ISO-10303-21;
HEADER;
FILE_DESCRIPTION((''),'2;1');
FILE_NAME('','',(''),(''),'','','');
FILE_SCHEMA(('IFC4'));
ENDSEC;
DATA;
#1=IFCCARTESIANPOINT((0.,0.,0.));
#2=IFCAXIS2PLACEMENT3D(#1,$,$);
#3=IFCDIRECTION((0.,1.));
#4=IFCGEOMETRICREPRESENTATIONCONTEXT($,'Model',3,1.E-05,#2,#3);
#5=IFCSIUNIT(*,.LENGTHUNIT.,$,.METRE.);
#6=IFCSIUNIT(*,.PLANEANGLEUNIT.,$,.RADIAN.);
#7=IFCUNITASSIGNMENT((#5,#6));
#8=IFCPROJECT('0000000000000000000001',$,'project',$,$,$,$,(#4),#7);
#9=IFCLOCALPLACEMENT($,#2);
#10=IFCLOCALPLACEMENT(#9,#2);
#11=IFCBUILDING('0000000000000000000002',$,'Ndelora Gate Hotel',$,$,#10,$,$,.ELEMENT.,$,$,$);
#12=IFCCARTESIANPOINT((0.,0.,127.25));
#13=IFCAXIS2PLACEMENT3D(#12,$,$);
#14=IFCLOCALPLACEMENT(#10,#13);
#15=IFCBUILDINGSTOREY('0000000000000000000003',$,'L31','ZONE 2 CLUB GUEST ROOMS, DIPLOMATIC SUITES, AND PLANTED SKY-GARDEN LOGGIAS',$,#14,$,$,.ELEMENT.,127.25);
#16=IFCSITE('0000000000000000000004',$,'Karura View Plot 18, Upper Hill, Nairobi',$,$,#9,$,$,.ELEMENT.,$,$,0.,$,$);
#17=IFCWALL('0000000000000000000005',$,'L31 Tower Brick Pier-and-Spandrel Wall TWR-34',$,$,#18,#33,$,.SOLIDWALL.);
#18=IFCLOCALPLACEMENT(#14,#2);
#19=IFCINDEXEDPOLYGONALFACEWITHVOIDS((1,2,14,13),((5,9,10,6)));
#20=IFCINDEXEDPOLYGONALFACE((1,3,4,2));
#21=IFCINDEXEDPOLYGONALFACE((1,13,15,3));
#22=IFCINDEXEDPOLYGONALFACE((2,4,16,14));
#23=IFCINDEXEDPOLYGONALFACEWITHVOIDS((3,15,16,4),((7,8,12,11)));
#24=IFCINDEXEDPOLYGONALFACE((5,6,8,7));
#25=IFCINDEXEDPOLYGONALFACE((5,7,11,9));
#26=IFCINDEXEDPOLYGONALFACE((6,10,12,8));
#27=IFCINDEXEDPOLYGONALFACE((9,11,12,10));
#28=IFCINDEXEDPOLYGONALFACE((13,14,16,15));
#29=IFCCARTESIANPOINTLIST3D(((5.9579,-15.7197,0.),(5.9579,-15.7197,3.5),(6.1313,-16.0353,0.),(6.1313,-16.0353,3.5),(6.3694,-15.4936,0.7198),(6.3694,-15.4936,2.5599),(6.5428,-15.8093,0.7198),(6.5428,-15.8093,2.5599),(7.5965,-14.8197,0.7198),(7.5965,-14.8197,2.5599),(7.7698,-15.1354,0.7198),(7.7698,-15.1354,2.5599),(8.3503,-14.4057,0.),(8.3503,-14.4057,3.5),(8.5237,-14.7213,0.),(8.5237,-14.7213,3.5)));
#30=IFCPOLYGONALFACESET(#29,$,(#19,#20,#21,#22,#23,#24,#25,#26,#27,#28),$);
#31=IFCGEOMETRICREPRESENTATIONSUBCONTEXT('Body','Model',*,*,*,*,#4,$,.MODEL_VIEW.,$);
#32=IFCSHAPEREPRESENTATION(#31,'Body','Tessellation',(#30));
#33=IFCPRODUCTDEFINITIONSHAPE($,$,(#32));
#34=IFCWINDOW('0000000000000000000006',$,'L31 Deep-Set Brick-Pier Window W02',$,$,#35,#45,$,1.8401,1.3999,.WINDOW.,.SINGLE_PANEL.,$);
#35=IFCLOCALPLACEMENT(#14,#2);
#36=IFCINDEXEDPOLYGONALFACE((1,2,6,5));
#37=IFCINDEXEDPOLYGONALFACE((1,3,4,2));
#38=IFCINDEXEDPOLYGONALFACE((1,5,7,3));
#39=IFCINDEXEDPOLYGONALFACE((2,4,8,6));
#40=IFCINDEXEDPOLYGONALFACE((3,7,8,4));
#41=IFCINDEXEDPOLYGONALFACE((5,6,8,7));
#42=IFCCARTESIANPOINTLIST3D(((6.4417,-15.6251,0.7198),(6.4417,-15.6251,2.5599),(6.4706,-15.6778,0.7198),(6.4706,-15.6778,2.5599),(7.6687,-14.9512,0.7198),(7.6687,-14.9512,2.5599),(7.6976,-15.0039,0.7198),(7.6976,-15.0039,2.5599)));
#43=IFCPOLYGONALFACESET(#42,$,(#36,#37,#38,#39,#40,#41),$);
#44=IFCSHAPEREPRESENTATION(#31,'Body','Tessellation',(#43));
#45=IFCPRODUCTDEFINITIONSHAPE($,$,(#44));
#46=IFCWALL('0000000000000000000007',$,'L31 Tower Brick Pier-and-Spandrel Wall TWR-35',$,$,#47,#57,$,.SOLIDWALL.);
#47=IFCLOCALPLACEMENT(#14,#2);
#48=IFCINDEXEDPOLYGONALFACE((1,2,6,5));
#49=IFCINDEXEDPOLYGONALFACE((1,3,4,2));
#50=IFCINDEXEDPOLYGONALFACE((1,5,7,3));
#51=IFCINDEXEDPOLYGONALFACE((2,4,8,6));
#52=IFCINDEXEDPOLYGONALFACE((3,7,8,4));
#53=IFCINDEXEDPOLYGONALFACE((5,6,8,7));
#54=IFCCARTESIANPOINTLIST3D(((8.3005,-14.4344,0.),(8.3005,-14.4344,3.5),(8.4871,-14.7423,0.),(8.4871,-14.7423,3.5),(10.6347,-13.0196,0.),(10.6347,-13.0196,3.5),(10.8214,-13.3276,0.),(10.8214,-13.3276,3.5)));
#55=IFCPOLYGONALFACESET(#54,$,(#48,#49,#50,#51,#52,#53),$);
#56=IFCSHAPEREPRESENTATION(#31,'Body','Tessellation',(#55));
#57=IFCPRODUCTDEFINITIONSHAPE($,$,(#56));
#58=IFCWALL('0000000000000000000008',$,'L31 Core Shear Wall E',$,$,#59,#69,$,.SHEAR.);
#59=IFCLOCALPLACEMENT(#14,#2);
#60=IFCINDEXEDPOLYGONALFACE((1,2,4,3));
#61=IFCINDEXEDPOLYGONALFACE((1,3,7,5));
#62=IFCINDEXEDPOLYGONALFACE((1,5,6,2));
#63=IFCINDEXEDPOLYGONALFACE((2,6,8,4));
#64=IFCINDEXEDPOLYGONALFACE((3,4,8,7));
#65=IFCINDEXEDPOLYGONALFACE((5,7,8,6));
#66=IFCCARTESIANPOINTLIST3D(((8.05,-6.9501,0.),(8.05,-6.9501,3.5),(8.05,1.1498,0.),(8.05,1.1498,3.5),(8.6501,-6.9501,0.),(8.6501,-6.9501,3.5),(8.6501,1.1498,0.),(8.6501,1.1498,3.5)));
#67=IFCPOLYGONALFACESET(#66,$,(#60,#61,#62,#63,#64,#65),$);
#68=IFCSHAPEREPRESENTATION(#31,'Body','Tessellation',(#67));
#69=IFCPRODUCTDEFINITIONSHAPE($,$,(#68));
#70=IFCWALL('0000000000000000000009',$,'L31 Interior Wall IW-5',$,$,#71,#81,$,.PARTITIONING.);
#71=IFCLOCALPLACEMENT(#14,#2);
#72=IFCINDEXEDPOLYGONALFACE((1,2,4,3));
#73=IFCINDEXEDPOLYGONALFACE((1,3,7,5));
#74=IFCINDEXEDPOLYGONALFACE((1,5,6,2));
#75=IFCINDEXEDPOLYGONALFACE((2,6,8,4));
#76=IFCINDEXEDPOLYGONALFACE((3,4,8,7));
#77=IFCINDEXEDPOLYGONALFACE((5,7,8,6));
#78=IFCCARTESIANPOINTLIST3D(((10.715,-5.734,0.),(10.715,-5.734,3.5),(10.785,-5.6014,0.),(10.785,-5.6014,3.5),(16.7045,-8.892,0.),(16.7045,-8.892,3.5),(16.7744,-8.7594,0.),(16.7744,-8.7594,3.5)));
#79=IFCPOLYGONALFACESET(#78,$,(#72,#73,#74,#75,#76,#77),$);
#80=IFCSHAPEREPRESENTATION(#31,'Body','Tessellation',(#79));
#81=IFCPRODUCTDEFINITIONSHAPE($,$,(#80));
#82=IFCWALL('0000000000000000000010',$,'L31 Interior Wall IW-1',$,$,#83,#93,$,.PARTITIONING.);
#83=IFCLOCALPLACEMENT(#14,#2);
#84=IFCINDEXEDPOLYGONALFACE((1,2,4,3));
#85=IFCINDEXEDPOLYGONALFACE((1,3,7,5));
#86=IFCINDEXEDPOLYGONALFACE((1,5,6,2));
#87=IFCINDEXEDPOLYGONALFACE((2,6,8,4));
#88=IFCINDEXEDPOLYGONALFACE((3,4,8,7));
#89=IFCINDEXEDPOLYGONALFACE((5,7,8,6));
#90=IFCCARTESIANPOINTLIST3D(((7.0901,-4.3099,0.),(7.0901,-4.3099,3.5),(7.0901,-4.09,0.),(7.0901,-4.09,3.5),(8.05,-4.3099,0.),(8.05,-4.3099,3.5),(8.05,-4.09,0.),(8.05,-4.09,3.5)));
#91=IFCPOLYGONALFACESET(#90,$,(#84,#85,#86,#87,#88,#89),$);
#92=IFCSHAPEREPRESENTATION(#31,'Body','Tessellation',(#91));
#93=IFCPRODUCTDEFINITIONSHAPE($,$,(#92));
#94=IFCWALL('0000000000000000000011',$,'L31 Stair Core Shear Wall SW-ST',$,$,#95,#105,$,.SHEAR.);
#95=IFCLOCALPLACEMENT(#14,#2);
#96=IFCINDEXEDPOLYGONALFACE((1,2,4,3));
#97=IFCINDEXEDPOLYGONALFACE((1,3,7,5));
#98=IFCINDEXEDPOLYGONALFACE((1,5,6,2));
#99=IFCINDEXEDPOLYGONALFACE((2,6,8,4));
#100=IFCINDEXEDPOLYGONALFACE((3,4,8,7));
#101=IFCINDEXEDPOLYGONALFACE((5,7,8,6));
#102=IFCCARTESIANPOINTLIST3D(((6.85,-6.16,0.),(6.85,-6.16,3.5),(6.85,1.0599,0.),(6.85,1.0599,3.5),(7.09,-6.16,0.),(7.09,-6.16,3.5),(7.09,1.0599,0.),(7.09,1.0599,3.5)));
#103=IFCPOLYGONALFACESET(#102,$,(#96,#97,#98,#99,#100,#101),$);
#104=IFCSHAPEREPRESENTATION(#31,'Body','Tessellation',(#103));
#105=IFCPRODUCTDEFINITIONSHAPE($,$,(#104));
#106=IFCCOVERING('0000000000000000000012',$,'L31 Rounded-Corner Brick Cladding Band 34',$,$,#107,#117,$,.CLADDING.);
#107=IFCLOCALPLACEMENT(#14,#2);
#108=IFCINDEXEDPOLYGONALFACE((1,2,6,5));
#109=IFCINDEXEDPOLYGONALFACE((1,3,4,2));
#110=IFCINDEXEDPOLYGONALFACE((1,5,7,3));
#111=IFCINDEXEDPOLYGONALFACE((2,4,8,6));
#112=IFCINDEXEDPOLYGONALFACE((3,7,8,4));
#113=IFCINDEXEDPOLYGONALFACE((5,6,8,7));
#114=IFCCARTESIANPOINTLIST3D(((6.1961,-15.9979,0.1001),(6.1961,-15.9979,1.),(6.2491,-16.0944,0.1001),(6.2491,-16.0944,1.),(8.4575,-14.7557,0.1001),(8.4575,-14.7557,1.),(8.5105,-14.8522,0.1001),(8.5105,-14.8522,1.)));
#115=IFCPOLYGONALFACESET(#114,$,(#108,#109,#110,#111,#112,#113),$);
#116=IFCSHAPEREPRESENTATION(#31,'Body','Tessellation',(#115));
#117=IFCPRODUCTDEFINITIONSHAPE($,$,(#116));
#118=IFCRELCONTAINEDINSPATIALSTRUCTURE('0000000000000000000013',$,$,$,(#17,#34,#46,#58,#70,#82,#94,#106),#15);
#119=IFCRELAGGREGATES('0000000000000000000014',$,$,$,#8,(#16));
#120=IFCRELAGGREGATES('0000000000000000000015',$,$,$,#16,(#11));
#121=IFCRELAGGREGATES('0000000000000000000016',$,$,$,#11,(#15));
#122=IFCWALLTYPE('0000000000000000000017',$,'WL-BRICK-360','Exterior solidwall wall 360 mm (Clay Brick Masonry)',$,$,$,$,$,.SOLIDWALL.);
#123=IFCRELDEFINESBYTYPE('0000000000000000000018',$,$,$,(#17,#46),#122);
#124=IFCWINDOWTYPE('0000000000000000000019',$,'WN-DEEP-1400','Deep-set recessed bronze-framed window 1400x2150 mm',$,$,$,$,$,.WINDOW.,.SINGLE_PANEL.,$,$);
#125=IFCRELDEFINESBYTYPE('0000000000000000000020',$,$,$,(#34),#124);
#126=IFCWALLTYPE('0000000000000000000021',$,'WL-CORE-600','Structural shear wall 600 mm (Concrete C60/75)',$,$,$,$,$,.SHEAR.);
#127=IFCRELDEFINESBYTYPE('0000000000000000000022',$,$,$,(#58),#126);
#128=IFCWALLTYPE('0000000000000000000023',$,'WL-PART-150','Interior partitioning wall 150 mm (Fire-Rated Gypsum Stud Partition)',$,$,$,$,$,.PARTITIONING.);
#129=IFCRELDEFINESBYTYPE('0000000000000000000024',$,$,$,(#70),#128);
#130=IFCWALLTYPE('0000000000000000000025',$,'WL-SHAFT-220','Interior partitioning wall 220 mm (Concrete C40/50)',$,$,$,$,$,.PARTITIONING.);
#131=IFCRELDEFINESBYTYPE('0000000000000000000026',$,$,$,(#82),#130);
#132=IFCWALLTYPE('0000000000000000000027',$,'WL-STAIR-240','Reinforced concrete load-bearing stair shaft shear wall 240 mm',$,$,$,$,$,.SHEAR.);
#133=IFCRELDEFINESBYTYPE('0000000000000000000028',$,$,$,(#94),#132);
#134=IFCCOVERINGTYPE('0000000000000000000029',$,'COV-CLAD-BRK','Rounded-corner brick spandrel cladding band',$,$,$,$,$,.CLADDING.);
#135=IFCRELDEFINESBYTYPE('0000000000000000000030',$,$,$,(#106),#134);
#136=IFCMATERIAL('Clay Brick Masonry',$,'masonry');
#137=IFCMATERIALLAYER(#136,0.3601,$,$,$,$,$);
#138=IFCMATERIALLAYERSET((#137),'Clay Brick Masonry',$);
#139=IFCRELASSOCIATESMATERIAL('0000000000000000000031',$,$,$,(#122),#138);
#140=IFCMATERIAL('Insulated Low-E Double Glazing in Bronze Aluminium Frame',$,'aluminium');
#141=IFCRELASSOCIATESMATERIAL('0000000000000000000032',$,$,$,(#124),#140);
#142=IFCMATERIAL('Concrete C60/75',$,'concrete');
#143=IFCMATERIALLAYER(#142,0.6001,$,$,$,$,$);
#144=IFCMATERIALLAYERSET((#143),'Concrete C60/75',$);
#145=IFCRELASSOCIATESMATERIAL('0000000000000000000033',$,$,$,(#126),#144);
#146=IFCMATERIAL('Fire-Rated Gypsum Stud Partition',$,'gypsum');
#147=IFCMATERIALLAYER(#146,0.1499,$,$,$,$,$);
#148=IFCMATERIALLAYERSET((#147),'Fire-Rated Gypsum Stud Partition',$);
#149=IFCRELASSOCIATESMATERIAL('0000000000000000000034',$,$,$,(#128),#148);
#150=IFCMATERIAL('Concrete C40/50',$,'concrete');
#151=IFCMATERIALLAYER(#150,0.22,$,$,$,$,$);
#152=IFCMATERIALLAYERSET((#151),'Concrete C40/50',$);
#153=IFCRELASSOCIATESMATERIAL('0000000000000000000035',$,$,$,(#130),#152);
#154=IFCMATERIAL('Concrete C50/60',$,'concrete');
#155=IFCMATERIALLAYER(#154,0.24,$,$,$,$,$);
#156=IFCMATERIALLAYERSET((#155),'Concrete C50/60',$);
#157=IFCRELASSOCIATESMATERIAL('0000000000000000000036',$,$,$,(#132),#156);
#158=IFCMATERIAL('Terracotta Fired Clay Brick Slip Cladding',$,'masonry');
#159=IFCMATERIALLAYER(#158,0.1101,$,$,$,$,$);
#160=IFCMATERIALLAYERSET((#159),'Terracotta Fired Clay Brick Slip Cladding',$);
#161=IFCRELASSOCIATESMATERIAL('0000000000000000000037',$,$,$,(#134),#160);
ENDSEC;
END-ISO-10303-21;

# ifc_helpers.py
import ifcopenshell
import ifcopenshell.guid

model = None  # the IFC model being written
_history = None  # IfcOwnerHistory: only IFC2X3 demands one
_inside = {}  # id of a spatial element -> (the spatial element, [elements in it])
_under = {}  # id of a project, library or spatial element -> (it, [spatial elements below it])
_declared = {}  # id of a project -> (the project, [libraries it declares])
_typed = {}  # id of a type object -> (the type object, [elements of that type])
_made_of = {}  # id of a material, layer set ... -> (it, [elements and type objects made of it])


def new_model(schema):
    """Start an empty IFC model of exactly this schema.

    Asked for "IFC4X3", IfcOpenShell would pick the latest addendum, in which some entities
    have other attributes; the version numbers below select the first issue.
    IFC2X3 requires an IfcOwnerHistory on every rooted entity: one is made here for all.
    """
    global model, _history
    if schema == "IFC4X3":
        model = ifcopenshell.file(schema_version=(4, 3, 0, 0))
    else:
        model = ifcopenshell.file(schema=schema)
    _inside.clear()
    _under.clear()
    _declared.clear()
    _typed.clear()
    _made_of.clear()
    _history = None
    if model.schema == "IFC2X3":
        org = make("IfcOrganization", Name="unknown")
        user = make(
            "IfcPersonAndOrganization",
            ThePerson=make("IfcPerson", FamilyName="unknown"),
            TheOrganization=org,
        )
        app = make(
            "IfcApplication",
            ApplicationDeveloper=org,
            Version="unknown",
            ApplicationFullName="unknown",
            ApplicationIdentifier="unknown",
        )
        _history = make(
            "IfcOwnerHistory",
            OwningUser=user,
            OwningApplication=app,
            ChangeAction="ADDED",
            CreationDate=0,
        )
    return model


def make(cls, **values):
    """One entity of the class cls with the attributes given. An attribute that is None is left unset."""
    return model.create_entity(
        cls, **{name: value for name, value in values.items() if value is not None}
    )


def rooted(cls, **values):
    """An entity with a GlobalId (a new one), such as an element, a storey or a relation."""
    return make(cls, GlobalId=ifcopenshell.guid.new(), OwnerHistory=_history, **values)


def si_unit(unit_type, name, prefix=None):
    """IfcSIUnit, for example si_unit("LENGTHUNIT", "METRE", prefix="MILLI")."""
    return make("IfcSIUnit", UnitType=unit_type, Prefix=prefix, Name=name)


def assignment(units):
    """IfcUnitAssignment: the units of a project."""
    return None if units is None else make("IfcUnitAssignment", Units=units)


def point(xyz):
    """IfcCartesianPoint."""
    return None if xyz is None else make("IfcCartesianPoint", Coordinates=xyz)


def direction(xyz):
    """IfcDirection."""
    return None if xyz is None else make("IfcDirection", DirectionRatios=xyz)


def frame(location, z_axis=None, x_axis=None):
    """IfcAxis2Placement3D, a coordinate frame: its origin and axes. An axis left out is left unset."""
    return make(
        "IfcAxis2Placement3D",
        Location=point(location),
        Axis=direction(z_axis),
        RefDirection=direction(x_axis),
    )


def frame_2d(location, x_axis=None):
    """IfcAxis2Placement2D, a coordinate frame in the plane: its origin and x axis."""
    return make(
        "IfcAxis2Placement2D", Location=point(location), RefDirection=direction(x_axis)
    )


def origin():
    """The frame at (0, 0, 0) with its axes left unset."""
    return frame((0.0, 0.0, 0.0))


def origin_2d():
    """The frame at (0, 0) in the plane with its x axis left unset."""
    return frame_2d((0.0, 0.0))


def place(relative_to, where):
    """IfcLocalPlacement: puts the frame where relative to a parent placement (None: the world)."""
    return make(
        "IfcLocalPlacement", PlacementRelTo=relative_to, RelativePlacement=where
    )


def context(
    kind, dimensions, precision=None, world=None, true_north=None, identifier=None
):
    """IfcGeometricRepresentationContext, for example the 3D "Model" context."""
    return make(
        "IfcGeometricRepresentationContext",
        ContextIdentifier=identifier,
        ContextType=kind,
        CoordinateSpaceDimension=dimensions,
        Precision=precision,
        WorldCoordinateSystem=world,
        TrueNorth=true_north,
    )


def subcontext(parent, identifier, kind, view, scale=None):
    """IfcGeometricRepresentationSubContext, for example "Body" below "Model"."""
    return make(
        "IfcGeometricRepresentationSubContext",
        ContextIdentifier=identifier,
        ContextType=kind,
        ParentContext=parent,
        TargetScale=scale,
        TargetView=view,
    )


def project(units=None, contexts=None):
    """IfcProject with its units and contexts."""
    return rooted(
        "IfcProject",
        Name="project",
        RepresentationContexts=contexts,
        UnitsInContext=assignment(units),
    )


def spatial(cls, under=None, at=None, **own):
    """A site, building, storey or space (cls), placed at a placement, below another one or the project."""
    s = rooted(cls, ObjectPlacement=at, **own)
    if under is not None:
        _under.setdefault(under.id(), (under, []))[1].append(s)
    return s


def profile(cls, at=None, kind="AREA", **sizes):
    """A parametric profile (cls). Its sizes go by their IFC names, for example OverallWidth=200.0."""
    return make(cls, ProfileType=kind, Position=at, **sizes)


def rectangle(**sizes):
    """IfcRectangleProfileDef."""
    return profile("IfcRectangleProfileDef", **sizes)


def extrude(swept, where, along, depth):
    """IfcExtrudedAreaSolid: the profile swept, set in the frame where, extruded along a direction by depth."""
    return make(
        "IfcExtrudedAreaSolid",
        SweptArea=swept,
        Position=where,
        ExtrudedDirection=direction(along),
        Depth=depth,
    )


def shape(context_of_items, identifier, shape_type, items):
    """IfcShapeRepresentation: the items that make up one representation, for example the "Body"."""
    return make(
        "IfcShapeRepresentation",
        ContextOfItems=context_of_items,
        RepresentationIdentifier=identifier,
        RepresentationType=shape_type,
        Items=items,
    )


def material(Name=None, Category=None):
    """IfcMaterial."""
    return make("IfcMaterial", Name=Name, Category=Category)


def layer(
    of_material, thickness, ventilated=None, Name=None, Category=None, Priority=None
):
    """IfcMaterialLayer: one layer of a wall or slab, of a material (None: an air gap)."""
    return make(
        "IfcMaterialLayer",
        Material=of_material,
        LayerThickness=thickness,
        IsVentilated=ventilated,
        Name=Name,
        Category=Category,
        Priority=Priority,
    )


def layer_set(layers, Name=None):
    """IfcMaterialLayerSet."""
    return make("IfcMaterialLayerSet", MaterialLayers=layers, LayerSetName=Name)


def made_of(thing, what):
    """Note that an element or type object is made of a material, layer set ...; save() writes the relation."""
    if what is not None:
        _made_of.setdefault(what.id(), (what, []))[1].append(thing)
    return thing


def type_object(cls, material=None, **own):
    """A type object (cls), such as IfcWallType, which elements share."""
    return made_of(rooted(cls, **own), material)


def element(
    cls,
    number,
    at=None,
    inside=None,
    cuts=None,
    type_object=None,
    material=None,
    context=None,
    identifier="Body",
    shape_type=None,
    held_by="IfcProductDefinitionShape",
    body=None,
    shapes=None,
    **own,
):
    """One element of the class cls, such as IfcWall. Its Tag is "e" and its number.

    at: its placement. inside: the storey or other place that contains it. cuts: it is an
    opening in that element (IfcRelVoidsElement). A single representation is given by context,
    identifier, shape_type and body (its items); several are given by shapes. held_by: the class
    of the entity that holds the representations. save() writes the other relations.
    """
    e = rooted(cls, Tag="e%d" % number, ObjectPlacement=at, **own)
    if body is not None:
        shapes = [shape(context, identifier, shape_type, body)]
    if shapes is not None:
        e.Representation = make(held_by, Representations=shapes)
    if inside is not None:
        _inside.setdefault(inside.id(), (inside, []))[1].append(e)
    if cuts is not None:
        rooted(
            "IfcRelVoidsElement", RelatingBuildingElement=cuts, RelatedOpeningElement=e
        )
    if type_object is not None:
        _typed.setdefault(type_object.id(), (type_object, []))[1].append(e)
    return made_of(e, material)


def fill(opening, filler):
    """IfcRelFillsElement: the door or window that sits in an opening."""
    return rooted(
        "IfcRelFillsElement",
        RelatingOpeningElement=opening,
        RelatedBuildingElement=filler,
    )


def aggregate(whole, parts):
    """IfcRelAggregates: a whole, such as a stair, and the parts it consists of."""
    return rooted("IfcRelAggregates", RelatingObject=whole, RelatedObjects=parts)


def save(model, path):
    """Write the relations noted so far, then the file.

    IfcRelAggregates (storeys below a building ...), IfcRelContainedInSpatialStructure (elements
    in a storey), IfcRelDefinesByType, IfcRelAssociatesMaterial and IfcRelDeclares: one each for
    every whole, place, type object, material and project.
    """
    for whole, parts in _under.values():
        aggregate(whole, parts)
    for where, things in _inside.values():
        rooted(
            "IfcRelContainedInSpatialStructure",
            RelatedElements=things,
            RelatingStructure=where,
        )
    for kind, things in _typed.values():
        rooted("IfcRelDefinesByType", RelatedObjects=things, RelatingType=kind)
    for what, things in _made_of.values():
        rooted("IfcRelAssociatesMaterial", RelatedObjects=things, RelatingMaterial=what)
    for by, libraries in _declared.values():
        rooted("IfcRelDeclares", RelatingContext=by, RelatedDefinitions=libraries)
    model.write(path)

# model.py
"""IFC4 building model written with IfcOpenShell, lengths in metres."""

from ifc_helpers import new_model, si_unit, direction, frame, frame_2d, origin, origin_2d, place, context, subcontext, project, spatial, rectangle, extrude, material, layer, layer_set, type_object, element, fill, save


model = new_model("IFC4")

# Units and contexts
model_context = context("Model", 3, precision=1e-05, world=origin(), true_north=direction((0.0, 1.0)))
body_context = subcontext(model_context, "Body", "Model", "MODEL_VIEW")
ifc_project = project(units=[si_unit("LENGTHUNIT", "METRE"), si_unit("PLANEANGLEUNIT", "RADIAN")], contexts=[model_context])

# Site, building, storey
site_placement = place(None, origin())
site = spatial("IfcSite", under=ifc_project, at=site_placement, Name="Karura View Plot 18, Upper Hill, Nairobi", CompositionType="ELEMENT", RefElevation=0.0)
building_placement = place(site_placement, origin())
building = spatial("IfcBuilding", under=site, at=building_placement, Name="Ndelora Gate Hotel", CompositionType="ELEMENT")
storey_placement = place(building_placement, frame((0.0, 0.0, 127.25)))
storey = spatial("IfcBuildingStorey", under=building, at=storey_placement, Name="L31", Description="ZONE 2 CLUB GUEST ROOMS, DIPLOMATIC SUITES, AND PLANTED SKY-GARDEN LOGGIAS", CompositionType="ELEMENT", Elevation=127.25)

# Shared definitions
ifc_material_1 = material(Name="Concrete C60/75", Category="concrete")

# Wall, opening, window
ifc_material_2 = material(Name="Clay Brick Masonry", Category="masonry")
ifc_layer_1 = layer(ifc_material_2, 0.3601)
ifc_layer_set_1 = layer_set([ifc_layer_1], Name="Clay Brick Masonry")
wall_type_1 = type_object("IfcWallType", Name="WL-BRICK-360", Description="Exterior solidwall wall 360 mm (Clay Brick Masonry)", PredefinedType="SOLIDWALL", material=ifc_layer_set_1)
wall_1_placement = place(storey_placement, frame((8.437, -14.5635, 0.0), z_axis=(0.0, 0.0, 1.0), x_axis=(-0.876497, -0.481407, 0.0)))
wall_1 = element("IfcWall", 1, at=wall_1_placement, inside=storey, type_object=wall_type_1, Name="L31 Tower Brick Pier-and-Spandrel Wall TWR-34", PredefinedType="SOLIDWALL", context=body_context, shape_type="SweptSolid", body=[
    extrude(rectangle(XDim=2.7295, YDim=0.3601, at=frame_2d((1.3647, 0.0))), origin(), (0.0, 0.0, 1.0), 3.5),
])
opening_1_placement = place(wall_1_placement, frame((0.8601, 0.0, 0.72)))
opening_1 = element("IfcOpeningElement", 2, at=opening_1_placement, cuts=wall_1, PredefinedType="OPENING", context=body_context, shape_type="SweptSolid", body=[
    extrude(rectangle(XDim=1.3999, YDim=1.8401, at=frame_2d((0.7, 0.9199))), frame((0.0, 0.1899, 0.0), z_axis=(0.0, -1.0, 0.0), x_axis=(1.0, 0.0, 0.0)), (0.0, 0.0, 1.0), 0.3801),
])
ifc_material_3 = material(Name="Insulated Low-E Double Glazing in Bronze Aluminium Frame", Category="aluminium")
window_type = type_object("IfcWindowType", Name="WN-DEEP-1400", Description="Deep-set recessed bronze-framed window 1400x2150 mm", PartitioningType="SINGLE_PANEL", PredefinedType="WINDOW", material=ifc_material_3)
window_placement = place(opening_1_placement, origin())
window = element("IfcWindow", 3, at=window_placement, inside=storey, type_object=window_type, Name="L31 Deep-Set Brick-Pier Window W02", OverallHeight=1.8401, OverallWidth=1.3999, PartitioningType="SINGLE_PANEL", PredefinedType="WINDOW", context=body_context, shape_type="SweptSolid", body=[
    extrude(rectangle(XDim=1.3999, YDim=1.8401, at=frame_2d((0.7, 0.9199))), frame((0.0, 0.03, 0.0), z_axis=(0.0, -1.0, 0.0), x_axis=(1.0, 0.0, 0.0)), (0.0, 0.0, 1.0), 0.0601),
])
fill(opening_1, window)

# Walls
wall_2_placement = place(storey_placement, frame((10.728, -13.1736, 0.0), z_axis=(0.0, 0.0, 1.0), x_axis=(-0.85518, -0.518331, 0.0)))
element("IfcWall", 4, at=wall_2_placement, inside=storey, type_object=wall_type_1, Name="L31 Tower Brick Pier-and-Spandrel Wall TWR-35", PredefinedType="SOLIDWALL", context=body_context, shape_type="SweptSolid", body=[
    extrude(rectangle(XDim=2.7295, YDim=0.3601, at=frame_2d((1.3647, 0.0))), origin(), (0.0, 0.0, 1.0), 3.5),
])
ifc_layer_2 = layer(ifc_material_1, 0.6001)
ifc_layer_set_2 = layer_set([ifc_layer_2], Name="Concrete C60/75")
wall_type_2 = type_object("IfcWallType", Name="WL-CORE-600", Description="Structural shear wall 600 mm (Concrete C60/75)", PredefinedType="SHEAR", material=ifc_layer_set_2)
wall_3_placement = place(storey_placement, frame((8.3501, -6.95, 0.0), z_axis=(0.0, 0.0, 1.0), x_axis=(0.0, 1.0, 0.0)))
element("IfcWall", 5, at=wall_3_placement, inside=storey, type_object=wall_type_2, Name="L31 Core Shear Wall E", PredefinedType="SHEAR", context=body_context, shape_type="SweptSolid", body=[
    extrude(rectangle(XDim=8.0999, YDim=0.6001, at=frame_2d((4.0498, 0.0))), origin(), (0.0, 0.0, 1.0), 3.5),
])

# Shared definitions
ifc_material_4 = material(Name="Fire-Rated Gypsum Stud Partition", Category="gypsum")
ifc_layer_3 = layer(ifc_material_4, 0.1499)
ifc_layer_set_3 = layer_set([ifc_layer_3], Name="Fire-Rated Gypsum Stud Partition")
wall_type_3 = type_object("IfcWallType", Name="WL-PART-150", Description="Interior partitioning wall 150 mm (Fire-Rated Gypsum Stud Partition)", PredefinedType="PARTITIONING", material=ifc_layer_set_3)

# Walls
wall_4_placement = place(storey_placement, frame((10.75, -5.6677, 0.0), z_axis=(0.0, 0.0, 1.0), x_axis=(0.884578, -0.466393, 0.0)))
element("IfcWall", 6, at=wall_4_placement, inside=storey, type_object=wall_type_3, Name="L31 Interior Wall IW-5", PredefinedType="PARTITIONING", context=body_context, shape_type="SweptSolid", body=[
    extrude(rectangle(XDim=6.771, YDim=0.1499, at=frame_2d((3.3855, 0.0))), origin(), (0.0, 0.0, 1.0), 3.5),
])
ifc_material_5 = material(Name="Concrete C40/50", Category="concrete")
ifc_layer_4 = layer(ifc_material_5, 0.22)
ifc_layer_set_4 = layer_set([ifc_layer_4], Name="Concrete C40/50")
wall_type_4 = type_object("IfcWallType", Name="WL-SHAFT-220", Description="Interior partitioning wall 220 mm (Concrete C40/50)", PredefinedType="PARTITIONING", material=ifc_layer_set_4)
wall_5_placement = place(storey_placement, frame((7.0901, -4.2, 0.0), z_axis=(0.0, 0.0, 1.0), x_axis=(1.0, 0.0, 0.0)))
element("IfcWall", 7, at=wall_5_placement, inside=storey, type_object=wall_type_4, Name="L31 Interior Wall IW-1", PredefinedType="PARTITIONING", context=body_context, shape_type="SweptSolid", body=[
    extrude(rectangle(XDim=0.96, YDim=0.22, at=frame_2d((0.48, 0.0))), origin(), (0.0, 0.0, 1.0), 3.5),
])
ifc_material_6 = material(Name="Concrete C50/60", Category="concrete")
ifc_layer_5 = layer(ifc_material_6, 0.24)
ifc_layer_set_5 = layer_set([ifc_layer_5], Name="Concrete C50/60")
wall_type_5 = type_object("IfcWallType", Name="WL-STAIR-240", Description="Reinforced concrete load-bearing stair shaft shear wall 240 mm", PredefinedType="SHEAR", material=ifc_layer_set_5)
wall_6_placement = place(storey_placement, frame((6.97, -6.1599, 0.0), z_axis=(0.0, 0.0, 1.0), x_axis=(0.0, 1.0, 0.0)))
element("IfcWall", 8, at=wall_6_placement, inside=storey, type_object=wall_type_5, Name="L31 Stair Core Shear Wall SW-ST", PredefinedType="SHEAR", context=body_context, shape_type="SweptSolid", body=[
    extrude(rectangle(XDim=7.22, YDim=0.24, at=frame_2d((3.6099, 0.0))), origin(), (0.0, 0.0, 1.0), 3.5),
])

# Covering
ifc_material_7 = material(Name="Terracotta Fired Clay Brick Slip Cladding", Category="masonry")
ifc_layer_6 = layer(ifc_material_7, 0.1101)
ifc_layer_set_6 = layer_set([ifc_layer_6], Name="Terracotta Fired Clay Brick Slip Cladding")
covering_type = type_object("IfcCoveringType", Name="COV-CLAD-BRK", Description="Rounded-corner brick spandrel cladding band", PredefinedType="CLADDING", material=ifc_layer_set_6)
covering_placement = place(storey_placement, frame((7.3533, -15.425, 0.1001), z_axis=(0.0, 0.0, 1.0), x_axis=(0.876475, 0.481448, 0.0)))
element("IfcCovering", 9, at=covering_placement, inside=storey, type_object=covering_type, Name="L31 Rounded-Corner Brick Cladding Band 34", PredefinedType="CLADDING", context=body_context, shape_type="SweptSolid", body=[
    extrude(rectangle(XDim=2.5801, YDim=0.1101, at=origin_2d()), origin(), (0.0, 0.0, 1.0), 0.8999),
])

save(model, "model.ifc")
